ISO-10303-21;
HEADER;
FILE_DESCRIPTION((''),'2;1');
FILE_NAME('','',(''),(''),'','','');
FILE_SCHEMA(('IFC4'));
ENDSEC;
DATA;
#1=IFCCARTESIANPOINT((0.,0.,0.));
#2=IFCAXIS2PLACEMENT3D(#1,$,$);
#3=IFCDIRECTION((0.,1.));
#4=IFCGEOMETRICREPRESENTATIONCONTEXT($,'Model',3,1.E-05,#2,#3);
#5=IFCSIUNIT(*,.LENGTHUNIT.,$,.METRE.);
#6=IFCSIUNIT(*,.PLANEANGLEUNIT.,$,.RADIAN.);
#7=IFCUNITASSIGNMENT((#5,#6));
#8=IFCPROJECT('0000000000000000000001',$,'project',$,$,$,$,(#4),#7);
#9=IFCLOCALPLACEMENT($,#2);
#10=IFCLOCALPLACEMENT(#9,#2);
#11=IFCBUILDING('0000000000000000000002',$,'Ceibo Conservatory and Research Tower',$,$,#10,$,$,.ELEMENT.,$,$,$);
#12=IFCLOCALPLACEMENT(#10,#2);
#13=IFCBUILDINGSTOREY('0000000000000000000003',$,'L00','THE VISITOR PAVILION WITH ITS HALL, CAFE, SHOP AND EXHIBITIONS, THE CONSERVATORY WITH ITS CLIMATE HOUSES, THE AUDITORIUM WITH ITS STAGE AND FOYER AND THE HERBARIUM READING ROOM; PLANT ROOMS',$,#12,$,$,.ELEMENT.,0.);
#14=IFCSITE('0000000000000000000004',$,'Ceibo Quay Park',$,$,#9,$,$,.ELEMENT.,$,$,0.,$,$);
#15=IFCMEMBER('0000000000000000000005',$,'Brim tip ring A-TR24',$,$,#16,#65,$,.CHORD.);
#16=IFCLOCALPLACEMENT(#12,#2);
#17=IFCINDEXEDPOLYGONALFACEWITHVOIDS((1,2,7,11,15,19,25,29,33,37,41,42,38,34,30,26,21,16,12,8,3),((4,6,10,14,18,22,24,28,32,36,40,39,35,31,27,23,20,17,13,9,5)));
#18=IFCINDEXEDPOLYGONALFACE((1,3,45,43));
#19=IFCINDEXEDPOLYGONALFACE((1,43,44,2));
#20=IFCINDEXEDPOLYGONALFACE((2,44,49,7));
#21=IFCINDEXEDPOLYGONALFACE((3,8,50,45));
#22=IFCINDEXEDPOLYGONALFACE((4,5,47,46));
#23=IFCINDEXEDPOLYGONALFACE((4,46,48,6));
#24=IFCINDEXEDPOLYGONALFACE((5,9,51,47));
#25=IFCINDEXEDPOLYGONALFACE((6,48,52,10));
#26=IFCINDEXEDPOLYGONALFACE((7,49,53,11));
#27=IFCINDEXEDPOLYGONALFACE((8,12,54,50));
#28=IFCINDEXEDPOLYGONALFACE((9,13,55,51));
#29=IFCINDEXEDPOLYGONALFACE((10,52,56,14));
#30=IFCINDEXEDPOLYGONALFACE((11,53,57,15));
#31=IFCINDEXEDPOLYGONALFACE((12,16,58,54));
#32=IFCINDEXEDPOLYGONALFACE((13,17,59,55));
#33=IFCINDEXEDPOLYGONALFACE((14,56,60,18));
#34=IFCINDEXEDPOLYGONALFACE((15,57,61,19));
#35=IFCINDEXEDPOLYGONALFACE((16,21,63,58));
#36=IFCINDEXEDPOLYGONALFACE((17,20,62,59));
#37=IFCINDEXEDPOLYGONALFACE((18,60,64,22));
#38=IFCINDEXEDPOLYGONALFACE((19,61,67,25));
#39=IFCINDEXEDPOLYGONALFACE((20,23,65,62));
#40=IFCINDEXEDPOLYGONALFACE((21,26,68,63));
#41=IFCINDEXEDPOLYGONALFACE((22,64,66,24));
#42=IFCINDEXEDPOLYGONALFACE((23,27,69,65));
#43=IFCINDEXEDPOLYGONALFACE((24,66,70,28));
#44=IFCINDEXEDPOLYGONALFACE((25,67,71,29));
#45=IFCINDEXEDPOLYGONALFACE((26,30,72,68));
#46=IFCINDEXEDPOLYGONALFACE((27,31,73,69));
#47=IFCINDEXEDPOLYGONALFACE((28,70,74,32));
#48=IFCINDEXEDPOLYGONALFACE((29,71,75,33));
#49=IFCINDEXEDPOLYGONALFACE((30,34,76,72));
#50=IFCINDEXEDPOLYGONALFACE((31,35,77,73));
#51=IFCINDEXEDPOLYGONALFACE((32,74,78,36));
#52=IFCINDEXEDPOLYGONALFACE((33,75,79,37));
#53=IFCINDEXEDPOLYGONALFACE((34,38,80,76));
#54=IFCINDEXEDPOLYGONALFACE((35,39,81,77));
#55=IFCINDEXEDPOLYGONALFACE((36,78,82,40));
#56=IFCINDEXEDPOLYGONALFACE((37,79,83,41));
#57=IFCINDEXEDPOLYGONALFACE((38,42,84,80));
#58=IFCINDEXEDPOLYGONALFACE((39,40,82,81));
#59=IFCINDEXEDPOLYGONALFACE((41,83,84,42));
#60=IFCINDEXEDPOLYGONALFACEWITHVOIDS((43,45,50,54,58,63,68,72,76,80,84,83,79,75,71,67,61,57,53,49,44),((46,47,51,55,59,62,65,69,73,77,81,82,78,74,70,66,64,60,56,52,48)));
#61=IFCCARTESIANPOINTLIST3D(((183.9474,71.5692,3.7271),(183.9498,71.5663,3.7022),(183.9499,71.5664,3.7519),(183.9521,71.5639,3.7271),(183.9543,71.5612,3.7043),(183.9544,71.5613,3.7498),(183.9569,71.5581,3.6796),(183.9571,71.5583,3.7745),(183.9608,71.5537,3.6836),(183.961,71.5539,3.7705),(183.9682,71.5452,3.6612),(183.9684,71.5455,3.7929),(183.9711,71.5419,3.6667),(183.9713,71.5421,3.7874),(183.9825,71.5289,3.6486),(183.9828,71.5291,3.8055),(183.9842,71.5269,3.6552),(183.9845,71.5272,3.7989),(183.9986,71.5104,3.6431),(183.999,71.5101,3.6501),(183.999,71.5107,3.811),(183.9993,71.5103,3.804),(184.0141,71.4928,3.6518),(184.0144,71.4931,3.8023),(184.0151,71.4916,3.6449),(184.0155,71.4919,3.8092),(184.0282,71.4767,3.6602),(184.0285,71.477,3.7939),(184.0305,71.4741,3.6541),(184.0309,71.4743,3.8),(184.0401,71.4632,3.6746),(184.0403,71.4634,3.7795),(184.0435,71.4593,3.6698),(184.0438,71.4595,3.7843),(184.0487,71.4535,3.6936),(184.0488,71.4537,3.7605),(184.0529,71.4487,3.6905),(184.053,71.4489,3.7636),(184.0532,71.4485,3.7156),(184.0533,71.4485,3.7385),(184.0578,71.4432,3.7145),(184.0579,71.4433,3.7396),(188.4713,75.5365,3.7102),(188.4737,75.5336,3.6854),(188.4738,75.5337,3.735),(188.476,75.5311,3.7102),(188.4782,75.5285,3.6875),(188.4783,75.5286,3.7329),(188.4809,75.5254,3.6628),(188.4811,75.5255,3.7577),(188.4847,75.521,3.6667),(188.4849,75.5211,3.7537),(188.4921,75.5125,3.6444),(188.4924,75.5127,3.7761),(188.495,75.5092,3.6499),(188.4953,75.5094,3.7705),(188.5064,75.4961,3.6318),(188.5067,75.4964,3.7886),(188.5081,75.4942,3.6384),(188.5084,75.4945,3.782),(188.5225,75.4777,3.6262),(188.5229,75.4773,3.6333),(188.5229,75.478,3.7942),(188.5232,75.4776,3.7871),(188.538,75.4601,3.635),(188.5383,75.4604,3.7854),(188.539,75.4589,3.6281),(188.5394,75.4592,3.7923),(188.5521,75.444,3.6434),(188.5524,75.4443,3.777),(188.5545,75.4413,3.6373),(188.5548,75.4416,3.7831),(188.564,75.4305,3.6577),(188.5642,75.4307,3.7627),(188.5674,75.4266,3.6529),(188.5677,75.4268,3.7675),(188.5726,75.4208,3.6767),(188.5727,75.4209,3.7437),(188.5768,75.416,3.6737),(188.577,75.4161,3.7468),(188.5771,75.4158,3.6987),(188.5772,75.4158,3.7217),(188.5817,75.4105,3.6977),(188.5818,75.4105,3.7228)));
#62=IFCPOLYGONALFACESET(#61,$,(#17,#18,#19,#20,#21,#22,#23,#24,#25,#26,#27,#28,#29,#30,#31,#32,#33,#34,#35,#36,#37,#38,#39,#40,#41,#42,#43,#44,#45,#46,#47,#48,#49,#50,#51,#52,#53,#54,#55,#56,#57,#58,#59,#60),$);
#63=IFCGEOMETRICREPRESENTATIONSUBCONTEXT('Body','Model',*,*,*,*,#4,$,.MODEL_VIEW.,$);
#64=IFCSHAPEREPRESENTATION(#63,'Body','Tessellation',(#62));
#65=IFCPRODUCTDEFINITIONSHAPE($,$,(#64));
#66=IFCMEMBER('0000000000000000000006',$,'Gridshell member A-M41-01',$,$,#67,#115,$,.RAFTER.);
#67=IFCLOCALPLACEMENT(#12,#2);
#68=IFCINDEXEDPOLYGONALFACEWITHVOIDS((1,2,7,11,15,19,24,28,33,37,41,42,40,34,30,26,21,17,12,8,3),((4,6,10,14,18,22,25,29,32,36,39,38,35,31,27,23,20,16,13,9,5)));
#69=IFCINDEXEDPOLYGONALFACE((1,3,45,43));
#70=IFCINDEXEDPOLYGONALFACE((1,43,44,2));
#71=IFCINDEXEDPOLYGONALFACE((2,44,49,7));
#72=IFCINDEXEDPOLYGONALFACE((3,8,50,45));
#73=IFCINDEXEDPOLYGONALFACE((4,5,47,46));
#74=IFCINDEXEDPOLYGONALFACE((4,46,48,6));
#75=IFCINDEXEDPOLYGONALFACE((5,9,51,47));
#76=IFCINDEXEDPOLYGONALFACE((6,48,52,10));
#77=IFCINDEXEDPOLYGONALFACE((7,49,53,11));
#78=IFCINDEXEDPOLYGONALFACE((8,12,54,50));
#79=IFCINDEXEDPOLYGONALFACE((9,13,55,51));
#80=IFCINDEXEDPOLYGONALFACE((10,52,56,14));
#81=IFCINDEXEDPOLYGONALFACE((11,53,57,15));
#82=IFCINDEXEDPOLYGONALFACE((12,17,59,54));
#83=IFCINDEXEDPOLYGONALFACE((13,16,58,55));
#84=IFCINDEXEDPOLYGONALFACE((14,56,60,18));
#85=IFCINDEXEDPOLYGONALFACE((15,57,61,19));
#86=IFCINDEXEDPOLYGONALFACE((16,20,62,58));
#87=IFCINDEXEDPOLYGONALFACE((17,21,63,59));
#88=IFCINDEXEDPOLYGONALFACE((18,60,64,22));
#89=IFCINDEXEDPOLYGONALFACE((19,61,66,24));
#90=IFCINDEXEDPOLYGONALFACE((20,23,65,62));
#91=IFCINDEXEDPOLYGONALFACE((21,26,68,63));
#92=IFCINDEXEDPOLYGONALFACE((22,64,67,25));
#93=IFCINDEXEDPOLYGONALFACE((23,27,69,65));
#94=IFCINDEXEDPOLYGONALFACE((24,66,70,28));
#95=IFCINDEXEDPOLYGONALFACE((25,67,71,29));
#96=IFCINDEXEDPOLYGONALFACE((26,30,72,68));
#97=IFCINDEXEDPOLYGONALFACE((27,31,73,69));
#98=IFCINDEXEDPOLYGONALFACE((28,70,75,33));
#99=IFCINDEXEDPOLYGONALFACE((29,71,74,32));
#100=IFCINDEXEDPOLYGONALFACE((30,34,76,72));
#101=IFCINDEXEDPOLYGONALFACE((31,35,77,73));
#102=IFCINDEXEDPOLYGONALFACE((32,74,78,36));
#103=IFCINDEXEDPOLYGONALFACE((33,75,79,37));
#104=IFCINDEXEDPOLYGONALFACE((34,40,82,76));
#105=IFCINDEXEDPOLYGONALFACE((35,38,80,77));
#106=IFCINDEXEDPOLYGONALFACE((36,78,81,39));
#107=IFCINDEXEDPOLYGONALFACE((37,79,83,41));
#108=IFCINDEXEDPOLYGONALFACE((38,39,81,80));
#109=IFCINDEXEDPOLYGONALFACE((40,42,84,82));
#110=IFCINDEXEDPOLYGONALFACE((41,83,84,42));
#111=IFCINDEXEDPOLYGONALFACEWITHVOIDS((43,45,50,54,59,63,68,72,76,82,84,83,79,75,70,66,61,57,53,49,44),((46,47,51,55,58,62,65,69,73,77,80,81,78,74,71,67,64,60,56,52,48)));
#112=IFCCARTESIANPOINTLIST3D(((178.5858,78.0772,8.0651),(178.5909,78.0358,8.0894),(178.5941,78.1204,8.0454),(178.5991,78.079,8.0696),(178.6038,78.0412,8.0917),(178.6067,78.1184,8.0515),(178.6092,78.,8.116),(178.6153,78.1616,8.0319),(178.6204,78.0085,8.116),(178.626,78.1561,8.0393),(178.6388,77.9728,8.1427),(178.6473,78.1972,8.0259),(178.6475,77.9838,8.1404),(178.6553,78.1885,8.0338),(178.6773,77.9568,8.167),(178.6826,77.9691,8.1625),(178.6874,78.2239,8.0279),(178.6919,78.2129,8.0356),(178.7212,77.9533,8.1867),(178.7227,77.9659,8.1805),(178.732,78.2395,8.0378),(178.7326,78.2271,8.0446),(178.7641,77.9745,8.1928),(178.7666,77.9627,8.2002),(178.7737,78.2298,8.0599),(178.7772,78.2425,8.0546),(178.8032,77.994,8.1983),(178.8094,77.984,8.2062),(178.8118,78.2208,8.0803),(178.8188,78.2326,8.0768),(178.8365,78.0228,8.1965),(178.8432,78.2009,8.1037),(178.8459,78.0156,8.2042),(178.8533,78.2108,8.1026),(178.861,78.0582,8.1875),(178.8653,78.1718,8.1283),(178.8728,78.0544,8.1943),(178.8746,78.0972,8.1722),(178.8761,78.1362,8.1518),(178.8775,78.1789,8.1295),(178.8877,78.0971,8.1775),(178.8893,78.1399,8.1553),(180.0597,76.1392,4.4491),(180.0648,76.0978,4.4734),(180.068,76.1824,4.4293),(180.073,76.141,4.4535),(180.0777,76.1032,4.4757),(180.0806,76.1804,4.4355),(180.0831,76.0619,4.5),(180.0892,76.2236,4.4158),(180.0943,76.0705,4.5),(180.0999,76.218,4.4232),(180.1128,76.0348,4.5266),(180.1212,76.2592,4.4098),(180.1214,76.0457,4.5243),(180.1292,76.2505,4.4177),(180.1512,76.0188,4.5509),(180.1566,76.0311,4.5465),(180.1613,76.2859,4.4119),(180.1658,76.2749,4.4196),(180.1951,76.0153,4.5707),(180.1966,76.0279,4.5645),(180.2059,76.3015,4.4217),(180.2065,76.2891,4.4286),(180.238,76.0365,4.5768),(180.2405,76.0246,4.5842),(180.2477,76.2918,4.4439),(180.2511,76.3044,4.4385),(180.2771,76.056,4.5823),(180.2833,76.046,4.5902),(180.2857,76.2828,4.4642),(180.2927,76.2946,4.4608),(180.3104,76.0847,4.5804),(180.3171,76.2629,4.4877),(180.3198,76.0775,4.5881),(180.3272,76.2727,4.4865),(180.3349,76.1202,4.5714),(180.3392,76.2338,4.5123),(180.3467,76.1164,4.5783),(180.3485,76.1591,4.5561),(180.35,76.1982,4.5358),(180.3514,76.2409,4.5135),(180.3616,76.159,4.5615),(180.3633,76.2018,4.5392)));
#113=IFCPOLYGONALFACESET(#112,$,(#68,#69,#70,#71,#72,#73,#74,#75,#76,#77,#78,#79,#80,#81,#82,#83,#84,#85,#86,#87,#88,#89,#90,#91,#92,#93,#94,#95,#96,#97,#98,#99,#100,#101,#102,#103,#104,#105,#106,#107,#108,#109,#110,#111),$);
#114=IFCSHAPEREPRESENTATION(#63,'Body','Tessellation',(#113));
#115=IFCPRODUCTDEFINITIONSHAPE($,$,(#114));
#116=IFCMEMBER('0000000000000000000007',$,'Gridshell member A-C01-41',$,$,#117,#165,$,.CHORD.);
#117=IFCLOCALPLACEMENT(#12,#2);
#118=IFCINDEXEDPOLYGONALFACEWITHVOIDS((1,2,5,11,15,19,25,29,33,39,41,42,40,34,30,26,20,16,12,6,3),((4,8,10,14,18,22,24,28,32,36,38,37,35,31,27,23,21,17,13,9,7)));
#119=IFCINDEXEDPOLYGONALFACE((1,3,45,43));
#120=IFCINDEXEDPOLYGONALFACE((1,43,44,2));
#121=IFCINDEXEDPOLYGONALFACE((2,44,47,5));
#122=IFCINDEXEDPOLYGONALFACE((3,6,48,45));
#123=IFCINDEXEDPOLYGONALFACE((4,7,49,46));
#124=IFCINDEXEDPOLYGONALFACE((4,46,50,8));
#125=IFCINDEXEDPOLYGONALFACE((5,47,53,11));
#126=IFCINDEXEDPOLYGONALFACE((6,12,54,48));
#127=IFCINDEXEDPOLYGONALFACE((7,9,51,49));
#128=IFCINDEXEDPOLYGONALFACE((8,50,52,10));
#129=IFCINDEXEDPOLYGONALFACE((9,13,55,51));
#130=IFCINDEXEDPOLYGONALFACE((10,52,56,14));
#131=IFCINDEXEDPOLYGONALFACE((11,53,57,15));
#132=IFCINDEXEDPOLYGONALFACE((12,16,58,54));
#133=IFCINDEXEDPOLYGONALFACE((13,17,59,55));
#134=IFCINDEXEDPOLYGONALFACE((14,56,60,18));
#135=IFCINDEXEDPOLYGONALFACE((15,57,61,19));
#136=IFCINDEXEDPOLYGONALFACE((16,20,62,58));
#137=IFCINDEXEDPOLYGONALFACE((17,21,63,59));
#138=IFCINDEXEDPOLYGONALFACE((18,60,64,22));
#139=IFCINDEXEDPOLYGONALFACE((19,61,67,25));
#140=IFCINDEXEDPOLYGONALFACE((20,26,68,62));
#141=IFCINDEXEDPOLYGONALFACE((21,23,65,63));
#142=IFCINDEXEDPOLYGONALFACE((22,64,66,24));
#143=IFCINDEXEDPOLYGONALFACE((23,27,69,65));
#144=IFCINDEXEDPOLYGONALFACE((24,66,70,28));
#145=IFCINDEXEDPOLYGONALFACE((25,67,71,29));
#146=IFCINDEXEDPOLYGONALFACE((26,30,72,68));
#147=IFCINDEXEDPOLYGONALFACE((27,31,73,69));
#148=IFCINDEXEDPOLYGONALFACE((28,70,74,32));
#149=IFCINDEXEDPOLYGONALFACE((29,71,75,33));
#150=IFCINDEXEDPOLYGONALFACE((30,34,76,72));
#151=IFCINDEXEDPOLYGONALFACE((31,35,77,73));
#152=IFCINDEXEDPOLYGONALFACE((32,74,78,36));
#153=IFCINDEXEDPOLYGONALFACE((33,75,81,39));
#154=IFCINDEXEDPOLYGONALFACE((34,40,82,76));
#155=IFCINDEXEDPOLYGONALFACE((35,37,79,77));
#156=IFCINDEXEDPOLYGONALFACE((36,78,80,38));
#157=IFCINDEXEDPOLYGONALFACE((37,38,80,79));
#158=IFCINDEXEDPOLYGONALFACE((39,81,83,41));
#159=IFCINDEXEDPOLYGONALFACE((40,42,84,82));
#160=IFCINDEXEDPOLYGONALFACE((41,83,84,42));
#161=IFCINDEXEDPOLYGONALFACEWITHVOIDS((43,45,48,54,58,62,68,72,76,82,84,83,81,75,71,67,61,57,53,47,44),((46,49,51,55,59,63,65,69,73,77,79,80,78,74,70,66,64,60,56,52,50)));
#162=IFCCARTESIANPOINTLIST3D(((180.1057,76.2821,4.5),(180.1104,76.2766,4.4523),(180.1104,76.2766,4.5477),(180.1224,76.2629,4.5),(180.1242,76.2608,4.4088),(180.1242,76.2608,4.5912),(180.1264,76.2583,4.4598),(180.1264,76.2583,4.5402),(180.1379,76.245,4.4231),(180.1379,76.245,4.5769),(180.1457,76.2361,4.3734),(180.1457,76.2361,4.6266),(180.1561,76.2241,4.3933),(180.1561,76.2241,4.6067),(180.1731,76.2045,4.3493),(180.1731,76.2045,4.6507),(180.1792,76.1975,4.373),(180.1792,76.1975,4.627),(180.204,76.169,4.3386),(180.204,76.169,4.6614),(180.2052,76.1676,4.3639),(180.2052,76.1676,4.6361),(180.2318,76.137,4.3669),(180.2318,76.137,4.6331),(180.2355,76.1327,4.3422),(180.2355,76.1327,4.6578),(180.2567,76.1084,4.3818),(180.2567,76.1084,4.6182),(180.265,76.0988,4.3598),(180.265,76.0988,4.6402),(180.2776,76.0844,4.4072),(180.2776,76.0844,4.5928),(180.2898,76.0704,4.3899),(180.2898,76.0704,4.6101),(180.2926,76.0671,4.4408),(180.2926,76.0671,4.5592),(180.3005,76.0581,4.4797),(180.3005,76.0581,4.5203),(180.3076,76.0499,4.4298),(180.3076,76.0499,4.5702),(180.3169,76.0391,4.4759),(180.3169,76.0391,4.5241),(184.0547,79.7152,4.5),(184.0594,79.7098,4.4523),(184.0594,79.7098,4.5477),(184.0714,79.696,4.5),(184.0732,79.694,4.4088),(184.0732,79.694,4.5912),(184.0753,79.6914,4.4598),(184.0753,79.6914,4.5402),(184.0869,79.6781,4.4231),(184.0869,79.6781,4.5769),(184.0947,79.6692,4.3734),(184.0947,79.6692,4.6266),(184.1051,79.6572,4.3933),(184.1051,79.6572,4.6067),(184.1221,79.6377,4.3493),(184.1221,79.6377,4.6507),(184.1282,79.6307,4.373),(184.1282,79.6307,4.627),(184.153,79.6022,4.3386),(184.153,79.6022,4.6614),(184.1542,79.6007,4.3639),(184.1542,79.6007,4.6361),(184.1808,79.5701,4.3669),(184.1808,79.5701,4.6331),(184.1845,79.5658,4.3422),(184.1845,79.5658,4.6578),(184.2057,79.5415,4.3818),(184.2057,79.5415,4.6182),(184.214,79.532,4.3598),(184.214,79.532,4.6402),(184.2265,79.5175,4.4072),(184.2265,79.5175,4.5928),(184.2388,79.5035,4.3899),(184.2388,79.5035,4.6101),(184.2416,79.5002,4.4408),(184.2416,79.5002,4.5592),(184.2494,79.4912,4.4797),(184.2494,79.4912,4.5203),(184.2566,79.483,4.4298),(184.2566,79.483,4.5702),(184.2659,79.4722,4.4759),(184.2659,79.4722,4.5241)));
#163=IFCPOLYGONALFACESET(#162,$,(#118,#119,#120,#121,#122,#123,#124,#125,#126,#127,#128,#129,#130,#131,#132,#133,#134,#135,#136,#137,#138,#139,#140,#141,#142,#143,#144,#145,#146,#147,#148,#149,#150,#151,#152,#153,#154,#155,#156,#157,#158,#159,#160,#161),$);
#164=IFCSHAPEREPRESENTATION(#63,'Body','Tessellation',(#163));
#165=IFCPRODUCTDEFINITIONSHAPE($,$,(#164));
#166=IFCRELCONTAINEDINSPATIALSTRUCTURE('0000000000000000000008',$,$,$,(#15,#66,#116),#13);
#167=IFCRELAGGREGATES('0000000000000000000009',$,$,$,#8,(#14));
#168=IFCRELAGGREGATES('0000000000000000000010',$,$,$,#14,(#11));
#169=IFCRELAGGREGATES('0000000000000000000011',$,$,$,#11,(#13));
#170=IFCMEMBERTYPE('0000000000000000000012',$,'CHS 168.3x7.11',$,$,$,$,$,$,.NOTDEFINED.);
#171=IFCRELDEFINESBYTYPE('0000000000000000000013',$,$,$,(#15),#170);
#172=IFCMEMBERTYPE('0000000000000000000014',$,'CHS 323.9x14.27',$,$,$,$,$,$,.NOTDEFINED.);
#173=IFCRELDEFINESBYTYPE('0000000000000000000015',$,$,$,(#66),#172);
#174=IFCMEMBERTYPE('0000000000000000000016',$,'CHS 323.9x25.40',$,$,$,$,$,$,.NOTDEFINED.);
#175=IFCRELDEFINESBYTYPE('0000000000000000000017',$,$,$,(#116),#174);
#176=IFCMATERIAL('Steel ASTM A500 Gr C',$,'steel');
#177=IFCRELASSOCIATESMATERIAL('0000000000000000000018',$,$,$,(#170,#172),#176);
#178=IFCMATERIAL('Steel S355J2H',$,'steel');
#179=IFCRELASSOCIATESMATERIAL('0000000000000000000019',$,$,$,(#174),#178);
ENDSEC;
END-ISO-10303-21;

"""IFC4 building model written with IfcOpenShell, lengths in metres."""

from ifc_helpers import new_model, si_unit, direction, frame, origin, origin_2d, place, context, subcontext, project, spatial, hollow_circle, extrude, material, material_profile, profile_set, type_object, element, save


model = new_model("IFC4")

# Units and contexts
model_context = context("Model", 3, precision=1e-05, world=origin(), true_north=direction((0.0, 1.0)))
body_context = subcontext(model_context, "Body", "Model", "MODEL_VIEW")
ifc_project = project(units=[si_unit("LENGTHUNIT", "METRE"), si_unit("PLANEANGLEUNIT", "RADIAN")], contexts=[model_context])

# Site, building, storey
site_placement = place(None, origin())
site = spatial("IfcSite", under=ifc_project, at=site_placement, Name="Ceibo Quay Park", CompositionType="ELEMENT", RefElevation=0.0)
building_placement = place(site_placement, origin())
building = spatial("IfcBuilding", under=site, at=building_placement, Name="Ceibo Conservatory and Research Tower", CompositionType="ELEMENT")
storey_placement = place(building_placement, origin())
storey = spatial("IfcBuildingStorey", under=building, at=storey_placement, Name="L00", Description="THE VISITOR PAVILION WITH ITS HALL, CAFE, SHOP AND EXHIBITIONS, THE CONSERVATORY WITH ITS CLIMATE HOUSES, THE AUDITORIUM WITH ITS STAGE AND FOYER AND THE HERBARIUM READING ROOM; PLANT ROOMS", CompositionType="ELEMENT", Elevation=0.0)

# Shared definitions
ifc_material_1 = material(Name="Steel ASTM A500 Gr C", Category="steel")

# Members
ifc_material_profile_1 = material_profile(ifc_material_1, hollow_circle(Radius=0.0842, WallThickness=0.0071, at=origin_2d()), Name="CHS 168.3x7.11")
ifc_profile_set_1 = profile_set([ifc_material_profile_1], Name="Steel ASTM A500 Gr C")
member_type_1 = type_object("IfcMemberType", Name="CHS 168.3x7.11", PredefinedType="NOTDEFINED", material=ifc_profile_set_1)
for number, where, z_axis, x_axis, name in (
    (1, (184.0029, 71.5059, 3.7271), (0.751844, 0.659335, -0.0028), (-0.659337, 0.751847, 0.0), "Brim tip ring A-TR24"),
):
    element("IfcMember", number, at=place(storey_placement, frame(where, z_axis=z_axis, x_axis=x_axis)), inside=storey, type_object=member_type_1, Name=name, PredefinedType="CHORD", context=body_context, shape_type="SweptSolid", body=[
        extrude(hollow_circle(Radius=0.0842, WallThickness=0.0071, at=origin_2d()), origin(), (0.0, 0.0, 1.0), 6.0171),
    ])
ifc_material_profile_2 = material_profile(ifc_material_1, hollow_circle(Radius=0.1619, WallThickness=0.0142, at=origin_2d()), Name="CHS 323.9x14.27")
ifc_profile_set_2 = profile_set([ifc_material_profile_2], Name="Steel ASTM A500 Gr C")
member_type_2 = type_object("IfcMemberType", Name="CHS 323.9x14.27", PredefinedType="NOTDEFINED", material=ifc_profile_set_2)
member_1_placement = place(storey_placement, frame((180.2119, 76.1599, 4.5), z_axis=(-0.338101, 0.444566, 0.829487), x_axis=(-0.795963, -0.605345, 0.0)))
element("IfcMember", 2, at=member_1_placement, inside=storey, type_object=member_type_2, Name="Gridshell member A-M41-01", PredefinedType="RAFTER", context=body_context, shape_type="SweptSolid", body=[
    extrude(hollow_circle(Radius=0.1619, WallThickness=0.0142, at=origin_2d()), origin(), (0.0, 0.0, 1.0), 4.3594),
])
ifc_material_2 = material(Name="Steel S355J2H", Category="steel")
ifc_material_profile_3 = material_profile(ifc_material_2, hollow_circle(Radius=0.1619, WallThickness=0.0254, at=origin_2d()), Name="CHS 323.9x25.40")
ifc_profile_set_3 = profile_set([ifc_material_profile_3], Name="Steel S355J2H")
member_type_3 = type_object("IfcMemberType", Name="CHS 323.9x25.40", PredefinedType="NOTDEFINED", material=ifc_profile_set_3)
member_2_placement = place(storey_placement, frame((180.2119, 76.1599, 4.5), z_axis=(0.75468, 0.656093, 0.0), x_axis=(-0.656093, 0.75468, 0.0)))
element("IfcMember", 3, at=member_2_placement, inside=storey, type_object=member_type_3, Name="Gridshell member A-C01-41", PredefinedType="CHORD", context=body_context, shape_type="SweptSolid", body=[
    extrude(hollow_circle(Radius=0.1619, WallThickness=0.0254, at=origin_2d()), origin(), (0.0, 0.0, 1.0), 5.2327),
])

save(model, "model.ifc")
